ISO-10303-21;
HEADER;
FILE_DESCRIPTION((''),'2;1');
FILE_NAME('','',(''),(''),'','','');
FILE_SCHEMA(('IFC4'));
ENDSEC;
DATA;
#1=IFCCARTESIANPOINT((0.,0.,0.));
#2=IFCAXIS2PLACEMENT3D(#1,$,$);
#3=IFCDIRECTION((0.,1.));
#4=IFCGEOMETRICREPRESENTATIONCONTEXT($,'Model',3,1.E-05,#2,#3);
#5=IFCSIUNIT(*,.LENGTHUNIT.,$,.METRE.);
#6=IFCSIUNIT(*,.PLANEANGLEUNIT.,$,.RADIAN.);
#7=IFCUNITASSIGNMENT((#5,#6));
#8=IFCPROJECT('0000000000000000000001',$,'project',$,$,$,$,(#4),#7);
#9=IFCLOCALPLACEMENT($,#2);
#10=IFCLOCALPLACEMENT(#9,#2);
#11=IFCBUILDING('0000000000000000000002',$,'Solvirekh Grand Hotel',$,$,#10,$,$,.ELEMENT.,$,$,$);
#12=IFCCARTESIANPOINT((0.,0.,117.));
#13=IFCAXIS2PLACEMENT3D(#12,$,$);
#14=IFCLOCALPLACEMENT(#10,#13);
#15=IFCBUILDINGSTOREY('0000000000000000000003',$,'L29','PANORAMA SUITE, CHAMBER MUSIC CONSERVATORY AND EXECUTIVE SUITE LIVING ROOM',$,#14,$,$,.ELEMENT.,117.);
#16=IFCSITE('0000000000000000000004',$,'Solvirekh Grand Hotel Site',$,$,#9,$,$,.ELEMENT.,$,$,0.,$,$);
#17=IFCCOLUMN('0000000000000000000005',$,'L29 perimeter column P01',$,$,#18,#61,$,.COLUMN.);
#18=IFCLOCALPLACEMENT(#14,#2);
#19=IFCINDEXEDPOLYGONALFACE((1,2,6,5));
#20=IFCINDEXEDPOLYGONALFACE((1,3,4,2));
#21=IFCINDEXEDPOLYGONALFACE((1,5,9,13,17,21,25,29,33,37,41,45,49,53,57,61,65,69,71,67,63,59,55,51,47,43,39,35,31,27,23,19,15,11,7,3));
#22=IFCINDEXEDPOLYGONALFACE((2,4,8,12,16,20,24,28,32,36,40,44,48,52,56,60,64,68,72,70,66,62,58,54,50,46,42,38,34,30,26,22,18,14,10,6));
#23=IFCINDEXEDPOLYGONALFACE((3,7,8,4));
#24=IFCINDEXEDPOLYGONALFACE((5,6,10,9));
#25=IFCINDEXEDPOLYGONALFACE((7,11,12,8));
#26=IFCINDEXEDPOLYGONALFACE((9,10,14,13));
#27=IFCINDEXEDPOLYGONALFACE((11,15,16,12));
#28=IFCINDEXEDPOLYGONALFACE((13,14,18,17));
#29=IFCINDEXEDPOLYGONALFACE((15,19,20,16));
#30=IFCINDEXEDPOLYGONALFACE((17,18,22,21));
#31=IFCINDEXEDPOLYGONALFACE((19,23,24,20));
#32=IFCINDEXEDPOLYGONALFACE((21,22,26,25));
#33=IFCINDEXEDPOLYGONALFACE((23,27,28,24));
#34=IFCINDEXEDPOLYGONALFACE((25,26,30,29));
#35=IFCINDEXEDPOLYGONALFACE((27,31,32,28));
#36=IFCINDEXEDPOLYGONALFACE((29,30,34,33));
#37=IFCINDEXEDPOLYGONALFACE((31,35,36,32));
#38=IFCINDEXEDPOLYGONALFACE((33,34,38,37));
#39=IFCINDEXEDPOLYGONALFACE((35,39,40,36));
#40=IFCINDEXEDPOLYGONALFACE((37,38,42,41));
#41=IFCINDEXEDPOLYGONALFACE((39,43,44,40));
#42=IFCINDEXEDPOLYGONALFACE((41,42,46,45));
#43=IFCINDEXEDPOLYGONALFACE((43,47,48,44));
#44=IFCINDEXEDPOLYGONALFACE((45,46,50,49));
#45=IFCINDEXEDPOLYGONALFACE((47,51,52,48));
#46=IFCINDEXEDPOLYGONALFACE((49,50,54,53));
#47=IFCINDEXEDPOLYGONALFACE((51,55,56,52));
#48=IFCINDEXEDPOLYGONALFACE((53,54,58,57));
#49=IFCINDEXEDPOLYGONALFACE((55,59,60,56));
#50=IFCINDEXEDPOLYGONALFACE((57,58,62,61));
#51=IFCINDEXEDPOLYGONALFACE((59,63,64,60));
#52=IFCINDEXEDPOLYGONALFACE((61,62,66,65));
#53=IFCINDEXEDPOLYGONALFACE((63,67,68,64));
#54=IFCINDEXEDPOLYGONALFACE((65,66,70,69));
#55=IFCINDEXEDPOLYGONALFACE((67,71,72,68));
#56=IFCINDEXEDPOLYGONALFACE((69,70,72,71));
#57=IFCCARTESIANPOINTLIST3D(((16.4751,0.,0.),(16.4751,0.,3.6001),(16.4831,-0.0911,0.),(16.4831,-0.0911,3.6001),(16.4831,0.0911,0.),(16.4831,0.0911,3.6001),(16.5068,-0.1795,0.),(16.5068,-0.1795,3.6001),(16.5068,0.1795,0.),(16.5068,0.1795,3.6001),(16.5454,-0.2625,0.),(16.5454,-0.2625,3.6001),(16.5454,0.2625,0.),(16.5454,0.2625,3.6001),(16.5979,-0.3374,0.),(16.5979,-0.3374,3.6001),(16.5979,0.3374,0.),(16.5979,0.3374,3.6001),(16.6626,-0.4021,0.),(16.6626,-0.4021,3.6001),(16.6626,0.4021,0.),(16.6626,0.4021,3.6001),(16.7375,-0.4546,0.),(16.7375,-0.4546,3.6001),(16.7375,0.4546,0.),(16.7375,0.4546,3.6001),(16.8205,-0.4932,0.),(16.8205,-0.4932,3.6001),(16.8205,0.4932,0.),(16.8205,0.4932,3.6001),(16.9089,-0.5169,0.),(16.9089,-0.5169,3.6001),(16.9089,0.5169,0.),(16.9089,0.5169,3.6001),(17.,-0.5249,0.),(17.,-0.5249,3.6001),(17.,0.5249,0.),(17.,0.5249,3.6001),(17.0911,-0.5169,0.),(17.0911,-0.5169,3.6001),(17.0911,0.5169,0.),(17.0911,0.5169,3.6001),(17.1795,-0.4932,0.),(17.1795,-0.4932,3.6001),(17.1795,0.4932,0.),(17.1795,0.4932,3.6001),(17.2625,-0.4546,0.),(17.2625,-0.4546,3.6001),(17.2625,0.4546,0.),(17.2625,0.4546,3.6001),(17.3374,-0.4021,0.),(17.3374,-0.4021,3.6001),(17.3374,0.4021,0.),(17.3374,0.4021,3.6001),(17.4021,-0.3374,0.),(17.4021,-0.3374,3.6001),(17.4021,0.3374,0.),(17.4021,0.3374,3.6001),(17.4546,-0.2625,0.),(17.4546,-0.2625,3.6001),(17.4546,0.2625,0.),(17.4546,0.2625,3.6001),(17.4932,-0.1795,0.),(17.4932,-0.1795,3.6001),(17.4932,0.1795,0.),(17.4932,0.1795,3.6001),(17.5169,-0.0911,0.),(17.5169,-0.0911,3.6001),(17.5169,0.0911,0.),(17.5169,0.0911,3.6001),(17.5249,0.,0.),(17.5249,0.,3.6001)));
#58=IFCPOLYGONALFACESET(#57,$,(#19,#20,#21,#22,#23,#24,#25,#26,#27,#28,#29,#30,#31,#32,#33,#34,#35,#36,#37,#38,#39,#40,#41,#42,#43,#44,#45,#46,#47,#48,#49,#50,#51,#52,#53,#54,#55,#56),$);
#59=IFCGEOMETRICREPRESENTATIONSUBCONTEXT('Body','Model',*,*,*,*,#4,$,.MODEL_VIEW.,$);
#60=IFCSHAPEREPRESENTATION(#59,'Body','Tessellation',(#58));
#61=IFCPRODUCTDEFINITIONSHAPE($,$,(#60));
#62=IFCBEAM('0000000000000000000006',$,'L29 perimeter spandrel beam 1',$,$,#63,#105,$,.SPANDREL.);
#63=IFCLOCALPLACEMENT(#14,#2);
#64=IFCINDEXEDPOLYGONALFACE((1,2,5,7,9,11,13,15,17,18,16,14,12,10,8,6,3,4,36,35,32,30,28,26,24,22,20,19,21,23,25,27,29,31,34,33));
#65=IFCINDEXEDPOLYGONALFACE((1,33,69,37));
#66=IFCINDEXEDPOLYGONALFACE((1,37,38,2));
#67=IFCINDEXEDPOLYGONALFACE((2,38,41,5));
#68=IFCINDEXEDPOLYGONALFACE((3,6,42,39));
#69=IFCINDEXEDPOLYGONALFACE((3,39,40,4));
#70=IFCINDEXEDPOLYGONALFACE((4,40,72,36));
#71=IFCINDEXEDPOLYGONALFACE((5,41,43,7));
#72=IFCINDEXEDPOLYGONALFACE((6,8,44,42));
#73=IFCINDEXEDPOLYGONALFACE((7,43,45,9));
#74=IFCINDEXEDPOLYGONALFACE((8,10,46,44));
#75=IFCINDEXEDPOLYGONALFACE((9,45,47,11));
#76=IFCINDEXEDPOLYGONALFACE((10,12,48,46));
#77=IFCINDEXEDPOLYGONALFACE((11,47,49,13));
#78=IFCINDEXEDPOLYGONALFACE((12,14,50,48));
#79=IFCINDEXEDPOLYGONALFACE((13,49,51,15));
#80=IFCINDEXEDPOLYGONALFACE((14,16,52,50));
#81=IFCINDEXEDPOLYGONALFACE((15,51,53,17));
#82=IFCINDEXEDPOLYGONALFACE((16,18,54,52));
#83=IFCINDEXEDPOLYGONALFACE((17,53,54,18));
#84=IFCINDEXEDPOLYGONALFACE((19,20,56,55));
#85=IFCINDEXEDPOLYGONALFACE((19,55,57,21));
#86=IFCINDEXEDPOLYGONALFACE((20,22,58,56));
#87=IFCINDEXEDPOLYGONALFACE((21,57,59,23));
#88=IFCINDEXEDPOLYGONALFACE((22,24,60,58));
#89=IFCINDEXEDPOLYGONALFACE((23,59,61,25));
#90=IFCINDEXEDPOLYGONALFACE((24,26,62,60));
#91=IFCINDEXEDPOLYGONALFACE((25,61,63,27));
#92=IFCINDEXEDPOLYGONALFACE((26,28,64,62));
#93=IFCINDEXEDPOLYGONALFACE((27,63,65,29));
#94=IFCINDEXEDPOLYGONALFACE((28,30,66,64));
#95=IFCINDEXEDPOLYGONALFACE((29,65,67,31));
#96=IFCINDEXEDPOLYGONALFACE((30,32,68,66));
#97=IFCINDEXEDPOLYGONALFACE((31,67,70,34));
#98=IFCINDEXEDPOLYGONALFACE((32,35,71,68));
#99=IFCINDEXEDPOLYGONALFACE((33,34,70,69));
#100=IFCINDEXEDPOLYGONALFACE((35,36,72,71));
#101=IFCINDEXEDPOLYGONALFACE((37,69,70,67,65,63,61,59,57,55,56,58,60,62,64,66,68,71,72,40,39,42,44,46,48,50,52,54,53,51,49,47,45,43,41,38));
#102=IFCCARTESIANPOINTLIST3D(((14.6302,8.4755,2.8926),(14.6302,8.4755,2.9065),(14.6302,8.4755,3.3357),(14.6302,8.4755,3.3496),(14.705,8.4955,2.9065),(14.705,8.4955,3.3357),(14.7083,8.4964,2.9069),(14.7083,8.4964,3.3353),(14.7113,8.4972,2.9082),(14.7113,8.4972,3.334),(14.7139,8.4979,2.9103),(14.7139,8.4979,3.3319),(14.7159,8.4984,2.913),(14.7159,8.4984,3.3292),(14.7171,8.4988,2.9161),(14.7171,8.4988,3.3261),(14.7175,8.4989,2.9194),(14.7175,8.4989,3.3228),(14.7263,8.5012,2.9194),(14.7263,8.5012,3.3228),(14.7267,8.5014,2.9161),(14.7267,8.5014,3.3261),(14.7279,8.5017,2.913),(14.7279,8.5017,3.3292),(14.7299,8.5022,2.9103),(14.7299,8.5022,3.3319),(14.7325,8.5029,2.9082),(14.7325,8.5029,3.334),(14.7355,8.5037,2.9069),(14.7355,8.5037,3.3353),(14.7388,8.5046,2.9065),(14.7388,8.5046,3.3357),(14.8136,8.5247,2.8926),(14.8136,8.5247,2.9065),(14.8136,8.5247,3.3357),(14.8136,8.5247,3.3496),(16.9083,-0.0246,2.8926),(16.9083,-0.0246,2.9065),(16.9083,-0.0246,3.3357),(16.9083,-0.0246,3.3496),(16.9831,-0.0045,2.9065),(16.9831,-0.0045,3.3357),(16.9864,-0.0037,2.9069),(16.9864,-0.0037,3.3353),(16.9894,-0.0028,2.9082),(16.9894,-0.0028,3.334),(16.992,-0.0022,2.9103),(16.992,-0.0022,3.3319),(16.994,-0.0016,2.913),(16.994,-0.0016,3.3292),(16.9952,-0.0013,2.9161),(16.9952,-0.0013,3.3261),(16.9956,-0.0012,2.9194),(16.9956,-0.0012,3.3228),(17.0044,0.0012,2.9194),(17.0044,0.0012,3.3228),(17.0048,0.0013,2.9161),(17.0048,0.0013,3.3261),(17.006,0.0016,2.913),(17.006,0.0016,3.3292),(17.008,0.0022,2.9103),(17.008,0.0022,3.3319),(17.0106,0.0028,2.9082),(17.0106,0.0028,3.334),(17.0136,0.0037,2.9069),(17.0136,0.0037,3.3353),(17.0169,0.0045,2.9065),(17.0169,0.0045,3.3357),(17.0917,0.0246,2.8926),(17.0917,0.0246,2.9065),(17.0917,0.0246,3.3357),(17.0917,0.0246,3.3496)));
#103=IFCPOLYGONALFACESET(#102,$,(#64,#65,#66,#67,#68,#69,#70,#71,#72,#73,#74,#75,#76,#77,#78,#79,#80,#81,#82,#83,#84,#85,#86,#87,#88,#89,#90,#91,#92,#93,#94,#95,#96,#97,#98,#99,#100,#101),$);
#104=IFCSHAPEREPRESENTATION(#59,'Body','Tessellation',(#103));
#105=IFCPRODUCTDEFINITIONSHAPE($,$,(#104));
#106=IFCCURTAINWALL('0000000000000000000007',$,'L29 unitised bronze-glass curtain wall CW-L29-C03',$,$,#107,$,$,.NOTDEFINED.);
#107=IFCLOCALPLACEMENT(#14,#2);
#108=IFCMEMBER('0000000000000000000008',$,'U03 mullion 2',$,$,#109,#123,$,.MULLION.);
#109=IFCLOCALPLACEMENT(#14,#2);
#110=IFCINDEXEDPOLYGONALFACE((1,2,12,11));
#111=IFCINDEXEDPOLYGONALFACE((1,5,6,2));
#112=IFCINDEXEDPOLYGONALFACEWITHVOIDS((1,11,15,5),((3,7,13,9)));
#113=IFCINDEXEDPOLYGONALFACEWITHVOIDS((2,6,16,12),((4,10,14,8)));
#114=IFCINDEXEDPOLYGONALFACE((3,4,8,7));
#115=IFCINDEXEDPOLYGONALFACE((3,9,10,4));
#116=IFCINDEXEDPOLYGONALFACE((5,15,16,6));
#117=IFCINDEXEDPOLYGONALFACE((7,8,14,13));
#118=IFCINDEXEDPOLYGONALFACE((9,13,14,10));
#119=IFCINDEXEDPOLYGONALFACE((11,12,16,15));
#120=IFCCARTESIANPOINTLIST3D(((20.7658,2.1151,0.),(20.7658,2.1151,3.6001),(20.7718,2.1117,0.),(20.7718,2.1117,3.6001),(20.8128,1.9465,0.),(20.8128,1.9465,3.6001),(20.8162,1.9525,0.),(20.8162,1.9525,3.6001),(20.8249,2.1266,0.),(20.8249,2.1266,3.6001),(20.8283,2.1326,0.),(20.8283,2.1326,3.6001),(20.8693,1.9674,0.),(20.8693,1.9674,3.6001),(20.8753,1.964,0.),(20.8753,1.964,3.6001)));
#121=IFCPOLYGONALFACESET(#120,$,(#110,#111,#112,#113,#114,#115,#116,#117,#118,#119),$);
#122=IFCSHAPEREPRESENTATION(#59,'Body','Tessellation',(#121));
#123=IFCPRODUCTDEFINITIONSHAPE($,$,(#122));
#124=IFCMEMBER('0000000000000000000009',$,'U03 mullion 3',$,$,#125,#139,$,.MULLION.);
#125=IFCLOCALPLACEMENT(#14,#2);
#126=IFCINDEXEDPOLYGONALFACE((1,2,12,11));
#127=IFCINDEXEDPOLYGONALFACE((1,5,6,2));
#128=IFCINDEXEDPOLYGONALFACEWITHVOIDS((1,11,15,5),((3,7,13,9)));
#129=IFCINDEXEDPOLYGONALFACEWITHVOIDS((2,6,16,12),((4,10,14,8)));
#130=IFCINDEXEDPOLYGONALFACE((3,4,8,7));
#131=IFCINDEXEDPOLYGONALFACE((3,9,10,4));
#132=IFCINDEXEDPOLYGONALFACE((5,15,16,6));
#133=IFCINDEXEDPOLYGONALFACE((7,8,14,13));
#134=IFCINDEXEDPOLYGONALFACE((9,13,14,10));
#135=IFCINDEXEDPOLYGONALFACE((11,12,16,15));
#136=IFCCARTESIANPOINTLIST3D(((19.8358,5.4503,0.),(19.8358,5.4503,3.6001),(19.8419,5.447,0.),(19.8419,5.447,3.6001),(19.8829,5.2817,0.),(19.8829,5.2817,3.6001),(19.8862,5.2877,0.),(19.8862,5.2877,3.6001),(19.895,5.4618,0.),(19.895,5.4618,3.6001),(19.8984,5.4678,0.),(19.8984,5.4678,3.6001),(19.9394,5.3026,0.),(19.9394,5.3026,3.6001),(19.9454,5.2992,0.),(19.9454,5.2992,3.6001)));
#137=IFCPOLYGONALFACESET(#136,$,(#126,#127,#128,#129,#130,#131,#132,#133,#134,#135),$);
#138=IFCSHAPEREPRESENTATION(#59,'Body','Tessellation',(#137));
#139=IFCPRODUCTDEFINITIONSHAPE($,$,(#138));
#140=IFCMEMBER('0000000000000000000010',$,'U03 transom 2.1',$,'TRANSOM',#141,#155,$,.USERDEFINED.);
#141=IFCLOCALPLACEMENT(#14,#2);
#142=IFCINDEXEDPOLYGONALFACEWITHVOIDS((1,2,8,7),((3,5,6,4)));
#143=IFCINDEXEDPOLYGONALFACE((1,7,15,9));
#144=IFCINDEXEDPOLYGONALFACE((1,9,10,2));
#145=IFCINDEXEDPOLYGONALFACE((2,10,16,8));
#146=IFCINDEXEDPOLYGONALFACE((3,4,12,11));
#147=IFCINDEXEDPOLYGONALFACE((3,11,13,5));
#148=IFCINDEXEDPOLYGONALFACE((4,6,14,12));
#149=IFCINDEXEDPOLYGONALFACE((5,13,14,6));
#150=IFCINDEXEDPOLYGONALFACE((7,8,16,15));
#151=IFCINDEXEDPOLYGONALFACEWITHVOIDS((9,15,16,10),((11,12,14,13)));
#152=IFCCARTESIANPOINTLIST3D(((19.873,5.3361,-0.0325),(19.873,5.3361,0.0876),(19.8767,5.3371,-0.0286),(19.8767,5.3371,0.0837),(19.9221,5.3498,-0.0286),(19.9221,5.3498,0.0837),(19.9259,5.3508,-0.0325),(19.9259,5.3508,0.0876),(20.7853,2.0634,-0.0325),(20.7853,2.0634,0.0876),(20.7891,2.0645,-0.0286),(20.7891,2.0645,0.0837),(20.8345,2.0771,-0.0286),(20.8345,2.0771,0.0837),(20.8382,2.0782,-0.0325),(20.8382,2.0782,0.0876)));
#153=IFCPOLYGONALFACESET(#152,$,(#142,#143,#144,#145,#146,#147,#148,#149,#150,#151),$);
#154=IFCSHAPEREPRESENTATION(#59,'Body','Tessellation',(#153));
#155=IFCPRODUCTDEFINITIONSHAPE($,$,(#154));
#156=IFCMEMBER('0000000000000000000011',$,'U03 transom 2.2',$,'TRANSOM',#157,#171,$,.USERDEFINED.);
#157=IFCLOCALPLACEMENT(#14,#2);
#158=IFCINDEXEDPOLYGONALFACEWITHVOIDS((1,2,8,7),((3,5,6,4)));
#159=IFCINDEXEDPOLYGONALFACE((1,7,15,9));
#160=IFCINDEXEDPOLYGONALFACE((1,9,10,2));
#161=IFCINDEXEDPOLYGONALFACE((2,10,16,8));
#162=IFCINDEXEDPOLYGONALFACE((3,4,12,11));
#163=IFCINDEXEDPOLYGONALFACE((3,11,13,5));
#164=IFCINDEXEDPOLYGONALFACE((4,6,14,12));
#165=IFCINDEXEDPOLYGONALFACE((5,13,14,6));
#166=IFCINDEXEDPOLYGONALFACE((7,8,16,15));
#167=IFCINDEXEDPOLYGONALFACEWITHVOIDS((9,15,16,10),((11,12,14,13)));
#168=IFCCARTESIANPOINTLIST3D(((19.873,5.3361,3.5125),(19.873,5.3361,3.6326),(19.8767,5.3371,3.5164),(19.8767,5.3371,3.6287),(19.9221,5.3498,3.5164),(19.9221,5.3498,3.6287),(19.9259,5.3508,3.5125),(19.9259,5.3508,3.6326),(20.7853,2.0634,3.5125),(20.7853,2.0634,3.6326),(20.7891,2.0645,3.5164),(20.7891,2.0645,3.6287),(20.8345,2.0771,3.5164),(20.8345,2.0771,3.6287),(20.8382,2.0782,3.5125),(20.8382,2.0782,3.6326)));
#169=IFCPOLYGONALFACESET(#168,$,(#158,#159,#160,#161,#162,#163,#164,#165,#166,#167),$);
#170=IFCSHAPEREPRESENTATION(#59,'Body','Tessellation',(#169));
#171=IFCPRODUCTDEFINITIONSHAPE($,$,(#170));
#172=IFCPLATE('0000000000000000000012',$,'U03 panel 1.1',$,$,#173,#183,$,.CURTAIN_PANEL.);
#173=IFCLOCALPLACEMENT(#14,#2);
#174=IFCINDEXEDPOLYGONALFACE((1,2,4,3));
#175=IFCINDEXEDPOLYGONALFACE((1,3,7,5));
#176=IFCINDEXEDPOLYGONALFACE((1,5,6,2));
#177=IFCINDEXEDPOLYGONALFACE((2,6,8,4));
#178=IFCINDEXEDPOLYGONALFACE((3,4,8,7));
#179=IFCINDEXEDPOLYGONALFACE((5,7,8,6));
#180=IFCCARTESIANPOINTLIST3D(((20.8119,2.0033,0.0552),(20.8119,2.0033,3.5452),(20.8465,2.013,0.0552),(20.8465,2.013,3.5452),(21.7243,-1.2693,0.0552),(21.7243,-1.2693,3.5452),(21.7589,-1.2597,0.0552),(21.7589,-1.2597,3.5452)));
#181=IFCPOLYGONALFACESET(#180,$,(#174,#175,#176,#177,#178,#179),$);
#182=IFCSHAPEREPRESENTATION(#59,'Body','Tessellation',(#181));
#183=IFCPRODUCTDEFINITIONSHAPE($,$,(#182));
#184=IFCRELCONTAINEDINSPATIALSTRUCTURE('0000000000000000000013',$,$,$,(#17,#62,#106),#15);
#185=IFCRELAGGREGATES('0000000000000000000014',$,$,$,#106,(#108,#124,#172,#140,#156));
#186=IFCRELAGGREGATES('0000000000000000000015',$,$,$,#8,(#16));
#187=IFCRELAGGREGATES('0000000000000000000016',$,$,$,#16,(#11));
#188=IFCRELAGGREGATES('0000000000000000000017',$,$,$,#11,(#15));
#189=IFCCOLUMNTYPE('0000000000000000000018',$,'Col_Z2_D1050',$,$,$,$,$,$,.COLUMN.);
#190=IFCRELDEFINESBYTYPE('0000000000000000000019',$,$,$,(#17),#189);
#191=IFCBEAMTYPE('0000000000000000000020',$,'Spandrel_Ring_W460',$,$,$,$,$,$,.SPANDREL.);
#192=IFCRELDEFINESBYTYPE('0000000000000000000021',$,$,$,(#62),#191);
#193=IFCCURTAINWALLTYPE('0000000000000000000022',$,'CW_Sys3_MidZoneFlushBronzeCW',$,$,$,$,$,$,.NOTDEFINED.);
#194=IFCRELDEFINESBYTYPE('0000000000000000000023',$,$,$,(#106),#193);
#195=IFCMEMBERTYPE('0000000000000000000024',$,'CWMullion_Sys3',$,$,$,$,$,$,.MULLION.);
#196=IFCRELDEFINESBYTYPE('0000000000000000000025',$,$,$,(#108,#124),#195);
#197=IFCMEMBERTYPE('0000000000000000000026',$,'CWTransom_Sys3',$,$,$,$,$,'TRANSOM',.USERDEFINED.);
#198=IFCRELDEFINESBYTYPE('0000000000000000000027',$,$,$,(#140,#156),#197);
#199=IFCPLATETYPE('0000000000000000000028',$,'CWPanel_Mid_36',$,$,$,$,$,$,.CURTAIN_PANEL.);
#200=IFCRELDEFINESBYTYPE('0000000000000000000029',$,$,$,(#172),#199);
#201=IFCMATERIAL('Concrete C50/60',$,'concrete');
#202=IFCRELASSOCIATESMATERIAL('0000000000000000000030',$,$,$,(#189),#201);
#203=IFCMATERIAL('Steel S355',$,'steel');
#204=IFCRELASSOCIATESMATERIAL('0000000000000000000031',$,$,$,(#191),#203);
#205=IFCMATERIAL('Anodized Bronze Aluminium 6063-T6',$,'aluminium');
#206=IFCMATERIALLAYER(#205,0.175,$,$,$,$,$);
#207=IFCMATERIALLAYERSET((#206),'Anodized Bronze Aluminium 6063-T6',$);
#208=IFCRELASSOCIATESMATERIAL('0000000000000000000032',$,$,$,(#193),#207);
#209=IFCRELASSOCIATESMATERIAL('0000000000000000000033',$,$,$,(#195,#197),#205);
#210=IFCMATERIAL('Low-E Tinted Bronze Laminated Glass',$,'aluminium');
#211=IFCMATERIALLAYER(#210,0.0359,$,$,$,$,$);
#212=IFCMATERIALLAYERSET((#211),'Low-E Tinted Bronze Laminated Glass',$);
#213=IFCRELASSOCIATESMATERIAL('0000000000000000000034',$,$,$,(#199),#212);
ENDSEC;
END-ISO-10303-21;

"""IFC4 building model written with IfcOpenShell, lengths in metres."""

from ifc_helpers import new_model, si_unit, direction, frame, origin, origin_2d, place, context, subcontext, project, spatial, rectangle, hollow_rectangle, circle, i_section, extrude, source, transform, mapped, material, layer, layer_set, material_profile, profile_set, type_object, element, aggregate, save


model = new_model("IFC4")

# Units and contexts
model_context = context("Model", 3, precision=1e-05, world=origin(), true_north=direction((0.0, 1.0)))
body_context = subcontext(model_context, "Body", "Model", "MODEL_VIEW")
ifc_project = project(units=[si_unit("LENGTHUNIT", "METRE"), si_unit("PLANEANGLEUNIT", "RADIAN")], contexts=[model_context])

# Site, building, storey
site_placement = place(None, origin())
site = spatial("IfcSite", under=ifc_project, at=site_placement, Name="Solvirekh Grand Hotel Site", CompositionType="ELEMENT", RefElevation=0.0)
building_placement = place(site_placement, origin())
building = spatial("IfcBuilding", under=site, at=building_placement, Name="Solvirekh Grand Hotel", CompositionType="ELEMENT")
storey_placement = place(building_placement, frame((0.0, 0.0, 117.0)))
storey = spatial("IfcBuildingStorey", under=building, at=storey_placement, Name="L29", Description="PANORAMA SUITE, CHAMBER MUSIC CONSERVATORY AND EXECUTIVE SUITE LIVING ROOM", CompositionType="ELEMENT", Elevation=117.0)

# Column
ifc_material_1 = material(Name="Concrete C50/60", Category="concrete")
ifc_material_profile_1 = material_profile(ifc_material_1, circle(Radius=0.5249, at=origin_2d()), Name="RC CIRC D1050")
ifc_profile_set_1 = profile_set([ifc_material_profile_1], Name="Concrete C50/60")
column_type = type_object("IfcColumnType", Name="Col_Z2_D1050", PredefinedType="COLUMN", material=ifc_profile_set_1)
column_placement = place(storey_placement, frame((17.0, 0.0, 0.0), z_axis=(0.0, 0.0, 1.0), x_axis=(1.0, 0.0, 0.0)))
element("IfcColumn", 1, at=column_placement, inside=storey, type_object=column_type, Name="L29 perimeter column P01", PredefinedType="COLUMN", context=body_context, shape_type="SweptSolid", body=[
    extrude(circle(Radius=0.5249, at=origin_2d()), origin(), (0.0, 0.0, 1.0), 3.6001),
])

# Beam
ifc_material_2 = material(Name="Steel S355", Category="steel")
ifc_material_profile_2 = material_profile(ifc_material_2, i_section(OverallWidth=0.1899, OverallDepth=0.457, WebThickness=0.009, FlangeThickness=0.0139, FilletRadius=0.0129, at=origin_2d()), Name="W460X74")
ifc_profile_set_2 = profile_set([ifc_material_profile_2], Name="Steel S355")
beam_type = type_object("IfcBeamType", Name="Spandrel_Ring_W460", PredefinedType="SPANDREL", material=ifc_profile_set_2)
beam_placement = place(storey_placement, frame((17.0, 0.0, 3.1211), z_axis=(-0.258873, 0.965911, 0.0), x_axis=(-0.965911, -0.258873, 0.0)))
element("IfcBeam", 2, at=beam_placement, inside=storey, type_object=beam_type, Name="L29 perimeter spandrel beam 1", PredefinedType="SPANDREL", context=body_context, shape_type="SweptSolid", body=[
    extrude(i_section(OverallWidth=0.1899, OverallDepth=0.457, WebThickness=0.009, FlangeThickness=0.0139, FilletRadius=0.0129, at=origin_2d()), origin(), (0.0, 0.0, 1.0), 8.8),
])

# Curtain wall, members, plate
ifc_material_3 = material(Name="Anodized Bronze Aluminium 6063-T6", Category="aluminium")
ifc_layer_1 = layer(ifc_material_3, 0.175)
ifc_layer_set_1 = layer_set([ifc_layer_1], Name="Anodized Bronze Aluminium 6063-T6")
curtain_wall_type = type_object("IfcCurtainWallType", Name="CW_Sys3_MidZoneFlushBronzeCW", PredefinedType="NOTDEFINED", material=ifc_layer_set_1)
curtain_wall_placement = place(storey_placement, origin())
curtain_wall = element("IfcCurtainWall", 3, at=curtain_wall_placement, inside=storey, type_object=curtain_wall_type, Name="L29 unitised bronze-glass curtain wall CW-L29-C03", PredefinedType="NOTDEFINED")
ifc_material_profile_3 = material_profile(ifc_material_3, hollow_rectangle(XDim=0.0649, YDim=0.175, WallThickness=0.0049, at=origin_2d()), Name="ALU RHS 175X65X5")
ifc_profile_set_3 = profile_set([ifc_material_profile_3], Name="Anodized Bronze Aluminium 6063-T6")
member_type_1 = type_object("IfcMemberType", Name="CWMullion_Sys3", PredefinedType="MULLION", material=ifc_profile_set_3)
shared_shape_1 = source(origin(), body_context, "Body", "SweptSolid", [
    extrude(hollow_rectangle(XDim=0.0649, YDim=0.175, WallThickness=0.0049, at=origin_2d()), origin(), (0.0, 0.0, 1.0), 3.6001),
])
member_1_placement = place(storey_placement, frame((20.8206, 2.0396, 0.0), z_axis=(0.0, 0.0, 1.0), x_axis=(-0.963269, -0.268537, 0.0)))
member_1 = element("IfcMember", 4, at=member_1_placement, type_object=member_type_1, Name="U03 mullion 2", PredefinedType="MULLION", context=body_context, shape_type="MappedRepresentation", body=[
    mapped(shared_shape_1, transform((0.0, 0.0, 0.0), x_axis=(1.0, 0.0, 0.0), y_axis=(0.0, 1.0, 0.0), z_axis=(0.0, 0.0, 1.0), scale=1.0)),
])
member_2_placement = place(storey_placement, frame((19.8906, 5.3748, 0.0), z_axis=(0.0, 0.0, 1.0), x_axis=(-0.963269, -0.268537, 0.0)))
member_2 = element("IfcMember", 5, at=member_2_placement, type_object=member_type_1, Name="U03 mullion 3", PredefinedType="MULLION", context=body_context, shape_type="MappedRepresentation", body=[
    mapped(shared_shape_1, transform((0.0, 0.0, 0.0), x_axis=(1.0, 0.0, 0.0), y_axis=(0.0, 1.0, 0.0), z_axis=(0.0, 0.0, 1.0), scale=1.0)),
])
ifc_material_profile_4 = material_profile(ifc_material_3, hollow_rectangle(XDim=0.0549, YDim=0.1201, WallThickness=0.0039, at=origin_2d()), Name="ALU RHS 120X55X4")
ifc_profile_set_4 = profile_set([ifc_material_profile_4], Name="Anodized Bronze Aluminium 6063-T6")
member_type_2 = type_object("IfcMemberType", Name="CWTransom_Sys3", ElementType="TRANSOM", PredefinedType="USERDEFINED", material=ifc_profile_set_4)
shared_shape_2 = source(origin(), body_context, "Body", "SweptSolid", [
    extrude(hollow_rectangle(XDim=0.0549, YDim=0.1201, WallThickness=0.0039, at=origin_2d()), origin(), (0.0, 0.0, 1.0), 3.3975),
])
member_3_placement = place(storey_placement, frame((20.8118, 2.0708, 0.0276), z_axis=(-0.268537, 0.963269, 0.0), x_axis=(-0.963269, -0.268537, 0.0)))
member_3 = element("IfcMember", 6, at=member_3_placement, type_object=member_type_2, Name="U03 transom 2.1", ObjectType="TRANSOM", PredefinedType="USERDEFINED", context=body_context, shape_type="MappedRepresentation", body=[
    mapped(shared_shape_2, transform((0.0, 0.0, 0.0), x_axis=(1.0, 0.0, 0.0), y_axis=(0.0, 1.0, 0.0), z_axis=(0.0, 0.0, 1.0), scale=1.0)),
])
member_4_placement = place(storey_placement, frame((20.8118, 2.0708, 3.5725), z_axis=(-0.268537, 0.963269, 0.0), x_axis=(-0.963269, -0.268537, 0.0)))
member_4 = element("IfcMember", 7, at=member_4_placement, type_object=member_type_2, Name="U03 transom 2.2", ObjectType="TRANSOM", PredefinedType="USERDEFINED", context=body_context, shape_type="MappedRepresentation", body=[
    mapped(shared_shape_2, transform((0.0, 0.0, 0.0), x_axis=(1.0, 0.0, 0.0), y_axis=(0.0, 1.0, 0.0), z_axis=(0.0, 0.0, 1.0), scale=1.0)),
])
ifc_material_4 = material(Name="Low-E Tinted Bronze Laminated Glass", Category="aluminium")
ifc_layer_2 = layer(ifc_material_4, 0.0359)
ifc_layer_set_2 = layer_set([ifc_layer_2], Name="Low-E Tinted Bronze Laminated Glass")
plate_type = type_object("IfcPlateType", Name="CWPanel_Mid_36", PredefinedType="CURTAIN_PANEL", material=ifc_layer_set_2)
shared_shape_3 = source(origin(), body_context, "Body", "SweptSolid", [
    extrude(rectangle(XDim=3.3975, YDim=0.0359, at=origin_2d()), origin(), (0.0, 0.0, 1.0), 3.49),
])
plate_1_placement = place(storey_placement, frame((21.2854, 0.3718, 0.0552), z_axis=(0.0, 0.0, 1.0), x_axis=(-0.268537, 0.963269, 0.0)))
plate_1 = element("IfcPlate", 8, at=plate_1_placement, type_object=plate_type, Name="U03 panel 1.1", PredefinedType="CURTAIN_PANEL", context=body_context, shape_type="MappedRepresentation", body=[
    mapped(shared_shape_3, transform((0.0, 0.0, 0.0), x_axis=(1.0, 0.0, 0.0), y_axis=(0.0, 1.0, 0.0), z_axis=(0.0, 0.0, 1.0), scale=1.0)),
])
aggregate(curtain_wall, [member_1, member_2, plate_1, member_3, member_4])

save(model, "model.ifc")
